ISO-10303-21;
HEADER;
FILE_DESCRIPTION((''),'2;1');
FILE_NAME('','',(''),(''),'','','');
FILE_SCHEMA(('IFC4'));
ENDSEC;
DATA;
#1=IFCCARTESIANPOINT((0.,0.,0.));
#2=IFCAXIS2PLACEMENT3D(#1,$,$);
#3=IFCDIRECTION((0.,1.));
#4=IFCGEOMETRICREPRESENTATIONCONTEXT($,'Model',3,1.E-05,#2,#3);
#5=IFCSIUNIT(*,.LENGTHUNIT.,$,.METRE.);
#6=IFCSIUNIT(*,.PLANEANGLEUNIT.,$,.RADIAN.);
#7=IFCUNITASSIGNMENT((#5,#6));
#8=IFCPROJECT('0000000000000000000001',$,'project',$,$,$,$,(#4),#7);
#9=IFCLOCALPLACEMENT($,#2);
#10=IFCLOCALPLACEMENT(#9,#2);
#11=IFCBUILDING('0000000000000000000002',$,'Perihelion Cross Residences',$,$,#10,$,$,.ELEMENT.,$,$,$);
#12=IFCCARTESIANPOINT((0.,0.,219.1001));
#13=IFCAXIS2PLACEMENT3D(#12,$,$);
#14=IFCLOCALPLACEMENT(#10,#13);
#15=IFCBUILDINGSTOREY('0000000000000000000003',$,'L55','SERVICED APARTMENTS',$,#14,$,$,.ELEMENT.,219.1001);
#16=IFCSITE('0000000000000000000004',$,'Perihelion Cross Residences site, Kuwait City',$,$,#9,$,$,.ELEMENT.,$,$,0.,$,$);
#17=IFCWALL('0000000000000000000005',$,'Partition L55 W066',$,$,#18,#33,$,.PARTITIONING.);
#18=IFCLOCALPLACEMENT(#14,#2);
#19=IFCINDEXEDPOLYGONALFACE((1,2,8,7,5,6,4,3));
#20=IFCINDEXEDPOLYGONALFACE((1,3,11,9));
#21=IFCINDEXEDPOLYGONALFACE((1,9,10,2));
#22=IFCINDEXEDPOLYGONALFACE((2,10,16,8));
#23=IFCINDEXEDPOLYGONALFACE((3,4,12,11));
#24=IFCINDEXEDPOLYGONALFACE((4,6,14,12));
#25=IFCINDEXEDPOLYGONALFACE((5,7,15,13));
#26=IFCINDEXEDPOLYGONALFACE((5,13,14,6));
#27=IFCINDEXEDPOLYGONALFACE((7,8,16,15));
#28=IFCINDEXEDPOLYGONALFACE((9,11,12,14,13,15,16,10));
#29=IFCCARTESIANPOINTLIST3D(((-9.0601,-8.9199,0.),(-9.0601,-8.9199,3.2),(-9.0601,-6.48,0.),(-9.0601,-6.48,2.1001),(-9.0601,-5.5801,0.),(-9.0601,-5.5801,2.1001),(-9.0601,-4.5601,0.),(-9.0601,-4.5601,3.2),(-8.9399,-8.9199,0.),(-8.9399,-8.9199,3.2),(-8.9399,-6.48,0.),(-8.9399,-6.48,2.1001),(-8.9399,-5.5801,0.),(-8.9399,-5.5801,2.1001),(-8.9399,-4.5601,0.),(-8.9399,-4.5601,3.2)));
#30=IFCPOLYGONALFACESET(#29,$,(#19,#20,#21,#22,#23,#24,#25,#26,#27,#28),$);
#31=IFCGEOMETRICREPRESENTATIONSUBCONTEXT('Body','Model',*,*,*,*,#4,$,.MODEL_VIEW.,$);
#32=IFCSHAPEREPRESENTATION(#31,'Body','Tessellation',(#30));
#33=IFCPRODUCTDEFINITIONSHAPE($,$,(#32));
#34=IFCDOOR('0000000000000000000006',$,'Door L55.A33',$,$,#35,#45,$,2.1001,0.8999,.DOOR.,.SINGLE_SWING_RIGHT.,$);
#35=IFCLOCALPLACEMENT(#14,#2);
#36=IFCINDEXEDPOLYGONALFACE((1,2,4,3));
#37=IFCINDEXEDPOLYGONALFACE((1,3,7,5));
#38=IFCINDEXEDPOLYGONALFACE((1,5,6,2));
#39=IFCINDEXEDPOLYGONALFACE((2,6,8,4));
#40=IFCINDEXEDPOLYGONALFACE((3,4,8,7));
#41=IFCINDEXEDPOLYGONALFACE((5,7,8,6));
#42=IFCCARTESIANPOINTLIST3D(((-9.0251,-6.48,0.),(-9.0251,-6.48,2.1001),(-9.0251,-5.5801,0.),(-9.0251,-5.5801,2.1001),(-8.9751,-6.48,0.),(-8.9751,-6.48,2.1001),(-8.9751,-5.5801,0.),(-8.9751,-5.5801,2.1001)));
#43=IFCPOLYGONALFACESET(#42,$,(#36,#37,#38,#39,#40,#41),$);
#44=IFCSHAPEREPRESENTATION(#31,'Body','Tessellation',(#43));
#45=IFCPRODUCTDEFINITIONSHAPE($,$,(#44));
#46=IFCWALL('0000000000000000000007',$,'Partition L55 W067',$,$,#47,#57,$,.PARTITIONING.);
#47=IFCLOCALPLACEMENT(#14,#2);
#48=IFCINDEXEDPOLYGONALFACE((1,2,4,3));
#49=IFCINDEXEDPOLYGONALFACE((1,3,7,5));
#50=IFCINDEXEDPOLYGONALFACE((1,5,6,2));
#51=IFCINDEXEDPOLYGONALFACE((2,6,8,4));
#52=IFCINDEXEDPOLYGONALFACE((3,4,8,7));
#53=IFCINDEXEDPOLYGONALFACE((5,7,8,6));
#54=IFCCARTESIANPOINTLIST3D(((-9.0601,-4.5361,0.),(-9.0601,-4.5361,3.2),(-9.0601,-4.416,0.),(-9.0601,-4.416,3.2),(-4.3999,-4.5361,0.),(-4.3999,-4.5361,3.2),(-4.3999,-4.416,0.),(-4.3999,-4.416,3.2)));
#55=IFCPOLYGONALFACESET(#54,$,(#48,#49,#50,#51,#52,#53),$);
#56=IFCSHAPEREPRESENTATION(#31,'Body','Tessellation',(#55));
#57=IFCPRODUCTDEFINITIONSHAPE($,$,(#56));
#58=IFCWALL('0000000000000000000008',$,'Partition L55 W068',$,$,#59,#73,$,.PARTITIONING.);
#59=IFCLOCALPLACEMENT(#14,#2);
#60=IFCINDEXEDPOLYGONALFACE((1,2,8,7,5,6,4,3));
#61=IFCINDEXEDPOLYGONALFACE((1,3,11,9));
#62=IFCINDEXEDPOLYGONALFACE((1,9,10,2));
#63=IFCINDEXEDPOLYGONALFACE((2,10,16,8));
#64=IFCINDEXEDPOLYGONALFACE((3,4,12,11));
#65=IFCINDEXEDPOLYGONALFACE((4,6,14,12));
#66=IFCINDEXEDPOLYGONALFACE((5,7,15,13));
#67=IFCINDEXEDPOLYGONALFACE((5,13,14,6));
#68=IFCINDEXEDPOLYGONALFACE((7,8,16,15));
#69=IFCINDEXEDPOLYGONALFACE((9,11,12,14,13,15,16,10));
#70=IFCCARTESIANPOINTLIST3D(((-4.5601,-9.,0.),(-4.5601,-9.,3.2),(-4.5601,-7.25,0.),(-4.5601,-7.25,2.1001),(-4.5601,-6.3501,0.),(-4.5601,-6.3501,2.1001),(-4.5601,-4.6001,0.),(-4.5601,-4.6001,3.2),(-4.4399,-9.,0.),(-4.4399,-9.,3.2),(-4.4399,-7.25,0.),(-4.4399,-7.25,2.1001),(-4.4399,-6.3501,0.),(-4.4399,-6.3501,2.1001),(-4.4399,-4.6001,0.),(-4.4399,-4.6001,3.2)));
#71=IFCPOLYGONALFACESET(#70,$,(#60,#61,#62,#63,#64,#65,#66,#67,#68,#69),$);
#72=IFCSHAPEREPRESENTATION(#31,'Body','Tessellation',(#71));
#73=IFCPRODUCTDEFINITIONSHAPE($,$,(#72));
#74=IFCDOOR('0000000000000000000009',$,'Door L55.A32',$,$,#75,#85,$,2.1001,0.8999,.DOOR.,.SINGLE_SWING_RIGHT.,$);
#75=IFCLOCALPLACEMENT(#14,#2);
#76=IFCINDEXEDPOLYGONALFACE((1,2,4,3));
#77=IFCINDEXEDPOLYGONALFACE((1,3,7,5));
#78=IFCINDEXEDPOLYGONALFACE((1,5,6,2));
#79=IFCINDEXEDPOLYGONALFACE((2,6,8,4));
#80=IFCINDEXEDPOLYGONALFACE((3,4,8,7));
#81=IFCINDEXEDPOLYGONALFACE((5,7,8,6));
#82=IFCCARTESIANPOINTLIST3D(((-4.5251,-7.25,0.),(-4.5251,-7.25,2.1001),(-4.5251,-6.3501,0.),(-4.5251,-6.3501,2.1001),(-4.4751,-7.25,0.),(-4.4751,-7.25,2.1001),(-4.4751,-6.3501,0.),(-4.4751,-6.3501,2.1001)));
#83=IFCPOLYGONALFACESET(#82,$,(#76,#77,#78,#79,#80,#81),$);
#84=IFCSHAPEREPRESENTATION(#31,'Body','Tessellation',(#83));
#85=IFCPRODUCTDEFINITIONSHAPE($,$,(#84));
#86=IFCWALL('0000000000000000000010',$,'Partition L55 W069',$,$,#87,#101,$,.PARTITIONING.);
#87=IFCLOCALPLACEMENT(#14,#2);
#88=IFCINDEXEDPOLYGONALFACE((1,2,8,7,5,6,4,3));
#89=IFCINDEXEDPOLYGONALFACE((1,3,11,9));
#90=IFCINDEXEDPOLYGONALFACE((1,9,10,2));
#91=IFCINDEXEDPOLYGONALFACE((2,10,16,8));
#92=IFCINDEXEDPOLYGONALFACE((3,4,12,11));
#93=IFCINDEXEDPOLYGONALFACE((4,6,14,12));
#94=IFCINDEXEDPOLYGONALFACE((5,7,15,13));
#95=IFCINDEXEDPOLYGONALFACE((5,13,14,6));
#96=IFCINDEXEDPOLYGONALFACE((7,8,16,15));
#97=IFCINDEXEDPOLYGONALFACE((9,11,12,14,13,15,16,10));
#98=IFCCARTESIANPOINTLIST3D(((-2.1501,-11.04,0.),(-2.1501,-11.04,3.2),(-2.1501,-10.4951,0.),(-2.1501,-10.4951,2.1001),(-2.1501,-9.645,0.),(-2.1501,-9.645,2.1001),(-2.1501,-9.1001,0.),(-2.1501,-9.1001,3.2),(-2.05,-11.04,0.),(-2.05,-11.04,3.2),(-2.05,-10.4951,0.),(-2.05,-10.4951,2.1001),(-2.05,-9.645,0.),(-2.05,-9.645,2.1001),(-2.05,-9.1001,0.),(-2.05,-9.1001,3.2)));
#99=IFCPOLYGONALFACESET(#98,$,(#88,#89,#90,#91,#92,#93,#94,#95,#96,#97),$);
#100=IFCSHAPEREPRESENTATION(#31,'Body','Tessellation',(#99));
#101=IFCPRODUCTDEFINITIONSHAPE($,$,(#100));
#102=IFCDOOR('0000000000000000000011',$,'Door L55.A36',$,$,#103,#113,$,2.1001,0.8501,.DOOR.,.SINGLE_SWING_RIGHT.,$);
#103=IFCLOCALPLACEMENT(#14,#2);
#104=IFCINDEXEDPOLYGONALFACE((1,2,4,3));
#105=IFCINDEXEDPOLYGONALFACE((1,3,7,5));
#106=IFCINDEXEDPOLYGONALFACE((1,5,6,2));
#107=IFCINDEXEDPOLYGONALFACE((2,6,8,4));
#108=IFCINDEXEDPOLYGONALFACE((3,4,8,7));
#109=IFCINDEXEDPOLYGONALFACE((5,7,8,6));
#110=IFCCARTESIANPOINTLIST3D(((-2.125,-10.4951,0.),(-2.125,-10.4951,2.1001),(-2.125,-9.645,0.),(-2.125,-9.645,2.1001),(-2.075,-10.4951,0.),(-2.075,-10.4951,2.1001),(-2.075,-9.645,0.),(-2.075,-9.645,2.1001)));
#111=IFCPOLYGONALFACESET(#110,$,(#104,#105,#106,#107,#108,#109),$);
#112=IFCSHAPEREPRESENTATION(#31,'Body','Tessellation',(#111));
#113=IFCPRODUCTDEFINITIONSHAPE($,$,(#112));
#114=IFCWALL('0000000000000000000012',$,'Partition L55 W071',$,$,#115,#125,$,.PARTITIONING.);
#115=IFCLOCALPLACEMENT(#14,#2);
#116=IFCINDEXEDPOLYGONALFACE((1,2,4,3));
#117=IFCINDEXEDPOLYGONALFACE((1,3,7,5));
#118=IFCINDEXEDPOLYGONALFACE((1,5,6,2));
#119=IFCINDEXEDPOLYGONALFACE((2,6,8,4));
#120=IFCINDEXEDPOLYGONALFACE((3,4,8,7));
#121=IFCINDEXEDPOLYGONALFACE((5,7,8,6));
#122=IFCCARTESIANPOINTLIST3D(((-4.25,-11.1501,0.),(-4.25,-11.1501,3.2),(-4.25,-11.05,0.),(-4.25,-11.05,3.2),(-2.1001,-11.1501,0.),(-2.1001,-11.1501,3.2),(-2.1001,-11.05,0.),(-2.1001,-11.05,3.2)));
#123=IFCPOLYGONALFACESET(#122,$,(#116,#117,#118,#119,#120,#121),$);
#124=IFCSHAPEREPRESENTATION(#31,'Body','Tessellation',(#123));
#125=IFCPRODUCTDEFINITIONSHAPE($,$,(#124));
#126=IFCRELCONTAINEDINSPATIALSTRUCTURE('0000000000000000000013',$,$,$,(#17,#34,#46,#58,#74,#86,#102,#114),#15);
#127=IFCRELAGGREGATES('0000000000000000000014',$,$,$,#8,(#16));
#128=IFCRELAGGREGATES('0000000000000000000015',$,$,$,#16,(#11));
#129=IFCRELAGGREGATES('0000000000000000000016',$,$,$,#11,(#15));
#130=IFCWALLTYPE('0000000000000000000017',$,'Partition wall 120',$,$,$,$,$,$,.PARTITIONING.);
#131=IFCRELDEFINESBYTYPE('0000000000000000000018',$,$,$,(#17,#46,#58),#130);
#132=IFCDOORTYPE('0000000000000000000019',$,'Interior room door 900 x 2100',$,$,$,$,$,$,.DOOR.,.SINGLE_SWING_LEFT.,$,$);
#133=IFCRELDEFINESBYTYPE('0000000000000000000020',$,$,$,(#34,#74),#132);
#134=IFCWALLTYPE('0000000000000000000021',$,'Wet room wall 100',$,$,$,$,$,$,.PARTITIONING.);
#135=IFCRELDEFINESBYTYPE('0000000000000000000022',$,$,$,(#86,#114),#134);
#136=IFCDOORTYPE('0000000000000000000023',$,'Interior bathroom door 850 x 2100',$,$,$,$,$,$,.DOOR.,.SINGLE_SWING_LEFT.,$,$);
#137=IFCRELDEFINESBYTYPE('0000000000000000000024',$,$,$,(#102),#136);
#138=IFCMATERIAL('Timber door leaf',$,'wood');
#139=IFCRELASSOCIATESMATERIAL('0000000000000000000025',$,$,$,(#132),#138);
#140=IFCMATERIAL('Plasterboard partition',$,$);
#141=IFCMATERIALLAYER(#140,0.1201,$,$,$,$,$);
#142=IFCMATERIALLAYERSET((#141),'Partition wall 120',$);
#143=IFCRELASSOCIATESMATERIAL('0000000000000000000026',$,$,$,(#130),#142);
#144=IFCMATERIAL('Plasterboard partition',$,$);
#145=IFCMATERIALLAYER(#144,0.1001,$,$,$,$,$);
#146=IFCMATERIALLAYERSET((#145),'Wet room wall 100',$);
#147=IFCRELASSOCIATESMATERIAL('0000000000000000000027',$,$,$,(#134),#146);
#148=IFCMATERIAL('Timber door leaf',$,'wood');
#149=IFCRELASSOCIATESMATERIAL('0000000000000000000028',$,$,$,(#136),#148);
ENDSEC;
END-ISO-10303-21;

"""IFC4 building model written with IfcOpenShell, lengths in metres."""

from ifc_helpers import new_model, si_unit, direction, frame, frame_2d, origin, place, context, subcontext, project, spatial, rectangle, extrude, material, layer, layer_set, type_object, element, fill, save


model = new_model("IFC4")

# Units and contexts
model_context = context("Model", 3, precision=1e-05, world=origin(), true_north=direction((0.0, 1.0)))
body_context = subcontext(model_context, "Body", "Model", "MODEL_VIEW")
ifc_project = project(units=[si_unit("LENGTHUNIT", "METRE"), si_unit("PLANEANGLEUNIT", "RADIAN")], contexts=[model_context])

# Site, building, storey
site_placement = place(None, origin())
site = spatial("IfcSite", under=ifc_project, at=site_placement, Name="Perihelion Cross Residences site, Kuwait City", CompositionType="ELEMENT", RefElevation=0.0)
building_placement = place(site_placement, origin())
building = spatial("IfcBuilding", under=site, at=building_placement, Name="Perihelion Cross Residences", CompositionType="ELEMENT")
storey_placement = place(building_placement, frame((0.0, 0.0, 219.1001)))
storey = spatial("IfcBuildingStorey", under=building, at=storey_placement, Name="L55", Description="SERVICED APARTMENTS", CompositionType="ELEMENT", Elevation=219.1001)

# Shared definitions
ifc_material_1 = material(Name="Timber door leaf", Category="wood")
door_type_1 = type_object("IfcDoorType", Name="Interior room door 900 x 2100", OperationType="SINGLE_SWING_LEFT", PredefinedType="DOOR", material=ifc_material_1)

# Shared definitions
ifc_material_2 = material(Name="Plasterboard partition")
ifc_layer_1 = layer(ifc_material_2, 0.1201)
ifc_layer_set_1 = layer_set([ifc_layer_1], Name="Partition wall 120")
wall_type_1 = type_object("IfcWallType", Name="Partition wall 120", PredefinedType="PARTITIONING", material=ifc_layer_set_1)

# Wall, opening, door
wall_1_placement = place(storey_placement, frame((-9.0, -4.5601, 0.0), z_axis=(0.0, 0.0, 1.0), x_axis=(0.0, -1.0, 0.0)))
wall_1 = element("IfcWall", 1, at=wall_1_placement, inside=storey, type_object=wall_type_1, Name="Partition L55 W066", PredefinedType="PARTITIONING", context=body_context, shape_type="SweptSolid", body=[
    extrude(rectangle(XDim=4.3599, YDim=0.1201, at=frame_2d((2.1799, 0.0))), origin(), (0.0, 0.0, 1.0), 3.2),
])
opening_1_placement = place(wall_1_placement, frame((1.02, 0.0, 0.0)))
opening_1 = element("IfcOpeningElement", 2, at=opening_1_placement, cuts=wall_1, PredefinedType="OPENING", context=body_context, shape_type="SweptSolid", body=[
    extrude(rectangle(XDim=0.8999, YDim=2.1001, at=frame_2d((0.45, 1.05))), frame((0.0, 0.0701, 0.0), z_axis=(0.0, -1.0, 0.0), x_axis=(1.0, 0.0, 0.0)), (0.0, 0.0, 1.0), 0.1401),
])
door_1_placement = place(opening_1_placement, origin())
door_1 = element("IfcDoor", 3, at=door_1_placement, inside=storey, type_object=door_type_1, Name="Door L55.A33", OperationType="SINGLE_SWING_RIGHT", OverallHeight=2.1001, OverallWidth=0.8999, PredefinedType="DOOR", context=body_context, shape_type="SweptSolid", body=[
    extrude(rectangle(XDim=0.8999, YDim=2.1001, at=frame_2d((0.45, 1.05))), frame((0.0, 0.0249, 0.0), z_axis=(0.0, -1.0, 0.0), x_axis=(1.0, 0.0, 0.0)), (0.0, 0.0, 1.0), 0.05),
])
fill(opening_1, door_1)

# Wall
wall_2_placement = place(storey_placement, frame((-4.3999, -4.4761, 0.0), z_axis=(0.0, 0.0, 1.0), x_axis=(-1.0, 0.0, 0.0)))
element("IfcWall", 4, at=wall_2_placement, inside=storey, type_object=wall_type_1, Name="Partition L55 W067", PredefinedType="PARTITIONING", context=body_context, shape_type="SweptSolid", body=[
    extrude(rectangle(XDim=4.6602, YDim=0.1201, at=frame_2d((2.3301, 0.0))), origin(), (0.0, 0.0, 1.0), 3.2),
])

# Walls, openings, doors
wall_3_placement = place(storey_placement, frame((-4.5, -4.6001, 0.0), z_axis=(0.0, 0.0, 1.0), x_axis=(0.0, -1.0, 0.0)))
wall_3 = element("IfcWall", 5, at=wall_3_placement, inside=storey, type_object=wall_type_1, Name="Partition L55 W068", PredefinedType="PARTITIONING", context=body_context, shape_type="SweptSolid", body=[
    extrude(rectangle(XDim=4.3999, YDim=0.1201, at=frame_2d((2.2, 0.0))), origin(), (0.0, 0.0, 1.0), 3.2),
])
opening_2_placement = place(wall_3_placement, frame((1.75, 0.0, 0.0)))
opening_2 = element("IfcOpeningElement", 6, at=opening_2_placement, cuts=wall_3, PredefinedType="OPENING", context=body_context, shape_type="SweptSolid", body=[
    extrude(rectangle(XDim=0.8999, YDim=2.1001, at=frame_2d((0.45, 1.05))), frame((0.0, 0.0701, 0.0), z_axis=(0.0, -1.0, 0.0), x_axis=(1.0, 0.0, 0.0)), (0.0, 0.0, 1.0), 0.1401),
])
door_2_placement = place(opening_2_placement, origin())
door_2 = element("IfcDoor", 7, at=door_2_placement, inside=storey, type_object=door_type_1, Name="Door L55.A32", OperationType="SINGLE_SWING_RIGHT", OverallHeight=2.1001, OverallWidth=0.8999, PredefinedType="DOOR", context=body_context, shape_type="SweptSolid", body=[
    extrude(rectangle(XDim=0.8999, YDim=2.1001, at=frame_2d((0.45, 1.05))), frame((0.0, 0.0249, 0.0), z_axis=(0.0, -1.0, 0.0), x_axis=(1.0, 0.0, 0.0)), (0.0, 0.0, 1.0), 0.05),
])
fill(opening_2, door_2)
ifc_material_3 = material(Name="Plasterboard partition")
ifc_layer_2 = layer(ifc_material_3, 0.1001)
ifc_layer_set_2 = layer_set([ifc_layer_2], Name="Wet room wall 100")
wall_type_2 = type_object("IfcWallType", Name="Wet room wall 100", PredefinedType="PARTITIONING", material=ifc_layer_set_2)
wall_4_placement = place(storey_placement, frame((-2.1001, -11.04, 0.0), z_axis=(0.0, 0.0, 1.0), x_axis=(0.0, 1.0, 0.0)))
wall_4 = element("IfcWall", 8, at=wall_4_placement, inside=storey, type_object=wall_type_2, Name="Partition L55 W069", PredefinedType="PARTITIONING", context=body_context, shape_type="SweptSolid", body=[
    extrude(rectangle(XDim=1.9399, YDim=0.1001, at=frame_2d((0.97, 0.0))), origin(), (0.0, 0.0, 1.0), 3.2),
])
opening_3_placement = place(wall_4_placement, frame((0.5449, 0.0, 0.0)))
opening_3 = element("IfcOpeningElement", 9, at=opening_3_placement, cuts=wall_4, PredefinedType="OPENING", context=body_context, shape_type="SweptSolid", body=[
    extrude(rectangle(XDim=0.8501, YDim=2.1001, at=frame_2d((0.425, 1.05))), frame((0.0, 0.0601, 0.0), z_axis=(0.0, -1.0, 0.0), x_axis=(1.0, 0.0, 0.0)), (0.0, 0.0, 1.0), 0.1201),
])
ifc_material_4 = material(Name="Timber door leaf", Category="wood")
door_type_2 = type_object("IfcDoorType", Name="Interior bathroom door 850 x 2100", OperationType="SINGLE_SWING_LEFT", PredefinedType="DOOR", material=ifc_material_4)
door_3_placement = place(opening_3_placement, origin())
door_3 = element("IfcDoor", 10, at=door_3_placement, inside=storey, type_object=door_type_2, Name="Door L55.A36", OperationType="SINGLE_SWING_RIGHT", OverallHeight=2.1001, OverallWidth=0.8501, PredefinedType="DOOR", context=body_context, shape_type="SweptSolid", body=[
    extrude(rectangle(XDim=0.8501, YDim=2.1001, at=frame_2d((0.425, 1.05))), frame((0.0, 0.0249, 0.0), z_axis=(0.0, -1.0, 0.0), x_axis=(1.0, 0.0, 0.0)), (0.0, 0.0, 1.0), 0.05),
])
fill(opening_3, door_3)

# Wall
wall_5_placement = place(storey_placement, frame((-2.1001, -11.1001, 0.0), z_axis=(0.0, 0.0, 1.0), x_axis=(-1.0, 0.0, 0.0)))
element("IfcWall", 11, at=wall_5_placement, inside=storey, type_object=wall_type_2, Name="Partition L55 W071", PredefinedType="PARTITIONING", context=body_context, shape_type="SweptSolid", body=[
    extrude(rectangle(XDim=2.1499, YDim=0.1001, at=frame_2d((1.075, 0.0))), origin(), (0.0, 0.0, 1.0), 3.2),
])

save(model, "model.ifc")
